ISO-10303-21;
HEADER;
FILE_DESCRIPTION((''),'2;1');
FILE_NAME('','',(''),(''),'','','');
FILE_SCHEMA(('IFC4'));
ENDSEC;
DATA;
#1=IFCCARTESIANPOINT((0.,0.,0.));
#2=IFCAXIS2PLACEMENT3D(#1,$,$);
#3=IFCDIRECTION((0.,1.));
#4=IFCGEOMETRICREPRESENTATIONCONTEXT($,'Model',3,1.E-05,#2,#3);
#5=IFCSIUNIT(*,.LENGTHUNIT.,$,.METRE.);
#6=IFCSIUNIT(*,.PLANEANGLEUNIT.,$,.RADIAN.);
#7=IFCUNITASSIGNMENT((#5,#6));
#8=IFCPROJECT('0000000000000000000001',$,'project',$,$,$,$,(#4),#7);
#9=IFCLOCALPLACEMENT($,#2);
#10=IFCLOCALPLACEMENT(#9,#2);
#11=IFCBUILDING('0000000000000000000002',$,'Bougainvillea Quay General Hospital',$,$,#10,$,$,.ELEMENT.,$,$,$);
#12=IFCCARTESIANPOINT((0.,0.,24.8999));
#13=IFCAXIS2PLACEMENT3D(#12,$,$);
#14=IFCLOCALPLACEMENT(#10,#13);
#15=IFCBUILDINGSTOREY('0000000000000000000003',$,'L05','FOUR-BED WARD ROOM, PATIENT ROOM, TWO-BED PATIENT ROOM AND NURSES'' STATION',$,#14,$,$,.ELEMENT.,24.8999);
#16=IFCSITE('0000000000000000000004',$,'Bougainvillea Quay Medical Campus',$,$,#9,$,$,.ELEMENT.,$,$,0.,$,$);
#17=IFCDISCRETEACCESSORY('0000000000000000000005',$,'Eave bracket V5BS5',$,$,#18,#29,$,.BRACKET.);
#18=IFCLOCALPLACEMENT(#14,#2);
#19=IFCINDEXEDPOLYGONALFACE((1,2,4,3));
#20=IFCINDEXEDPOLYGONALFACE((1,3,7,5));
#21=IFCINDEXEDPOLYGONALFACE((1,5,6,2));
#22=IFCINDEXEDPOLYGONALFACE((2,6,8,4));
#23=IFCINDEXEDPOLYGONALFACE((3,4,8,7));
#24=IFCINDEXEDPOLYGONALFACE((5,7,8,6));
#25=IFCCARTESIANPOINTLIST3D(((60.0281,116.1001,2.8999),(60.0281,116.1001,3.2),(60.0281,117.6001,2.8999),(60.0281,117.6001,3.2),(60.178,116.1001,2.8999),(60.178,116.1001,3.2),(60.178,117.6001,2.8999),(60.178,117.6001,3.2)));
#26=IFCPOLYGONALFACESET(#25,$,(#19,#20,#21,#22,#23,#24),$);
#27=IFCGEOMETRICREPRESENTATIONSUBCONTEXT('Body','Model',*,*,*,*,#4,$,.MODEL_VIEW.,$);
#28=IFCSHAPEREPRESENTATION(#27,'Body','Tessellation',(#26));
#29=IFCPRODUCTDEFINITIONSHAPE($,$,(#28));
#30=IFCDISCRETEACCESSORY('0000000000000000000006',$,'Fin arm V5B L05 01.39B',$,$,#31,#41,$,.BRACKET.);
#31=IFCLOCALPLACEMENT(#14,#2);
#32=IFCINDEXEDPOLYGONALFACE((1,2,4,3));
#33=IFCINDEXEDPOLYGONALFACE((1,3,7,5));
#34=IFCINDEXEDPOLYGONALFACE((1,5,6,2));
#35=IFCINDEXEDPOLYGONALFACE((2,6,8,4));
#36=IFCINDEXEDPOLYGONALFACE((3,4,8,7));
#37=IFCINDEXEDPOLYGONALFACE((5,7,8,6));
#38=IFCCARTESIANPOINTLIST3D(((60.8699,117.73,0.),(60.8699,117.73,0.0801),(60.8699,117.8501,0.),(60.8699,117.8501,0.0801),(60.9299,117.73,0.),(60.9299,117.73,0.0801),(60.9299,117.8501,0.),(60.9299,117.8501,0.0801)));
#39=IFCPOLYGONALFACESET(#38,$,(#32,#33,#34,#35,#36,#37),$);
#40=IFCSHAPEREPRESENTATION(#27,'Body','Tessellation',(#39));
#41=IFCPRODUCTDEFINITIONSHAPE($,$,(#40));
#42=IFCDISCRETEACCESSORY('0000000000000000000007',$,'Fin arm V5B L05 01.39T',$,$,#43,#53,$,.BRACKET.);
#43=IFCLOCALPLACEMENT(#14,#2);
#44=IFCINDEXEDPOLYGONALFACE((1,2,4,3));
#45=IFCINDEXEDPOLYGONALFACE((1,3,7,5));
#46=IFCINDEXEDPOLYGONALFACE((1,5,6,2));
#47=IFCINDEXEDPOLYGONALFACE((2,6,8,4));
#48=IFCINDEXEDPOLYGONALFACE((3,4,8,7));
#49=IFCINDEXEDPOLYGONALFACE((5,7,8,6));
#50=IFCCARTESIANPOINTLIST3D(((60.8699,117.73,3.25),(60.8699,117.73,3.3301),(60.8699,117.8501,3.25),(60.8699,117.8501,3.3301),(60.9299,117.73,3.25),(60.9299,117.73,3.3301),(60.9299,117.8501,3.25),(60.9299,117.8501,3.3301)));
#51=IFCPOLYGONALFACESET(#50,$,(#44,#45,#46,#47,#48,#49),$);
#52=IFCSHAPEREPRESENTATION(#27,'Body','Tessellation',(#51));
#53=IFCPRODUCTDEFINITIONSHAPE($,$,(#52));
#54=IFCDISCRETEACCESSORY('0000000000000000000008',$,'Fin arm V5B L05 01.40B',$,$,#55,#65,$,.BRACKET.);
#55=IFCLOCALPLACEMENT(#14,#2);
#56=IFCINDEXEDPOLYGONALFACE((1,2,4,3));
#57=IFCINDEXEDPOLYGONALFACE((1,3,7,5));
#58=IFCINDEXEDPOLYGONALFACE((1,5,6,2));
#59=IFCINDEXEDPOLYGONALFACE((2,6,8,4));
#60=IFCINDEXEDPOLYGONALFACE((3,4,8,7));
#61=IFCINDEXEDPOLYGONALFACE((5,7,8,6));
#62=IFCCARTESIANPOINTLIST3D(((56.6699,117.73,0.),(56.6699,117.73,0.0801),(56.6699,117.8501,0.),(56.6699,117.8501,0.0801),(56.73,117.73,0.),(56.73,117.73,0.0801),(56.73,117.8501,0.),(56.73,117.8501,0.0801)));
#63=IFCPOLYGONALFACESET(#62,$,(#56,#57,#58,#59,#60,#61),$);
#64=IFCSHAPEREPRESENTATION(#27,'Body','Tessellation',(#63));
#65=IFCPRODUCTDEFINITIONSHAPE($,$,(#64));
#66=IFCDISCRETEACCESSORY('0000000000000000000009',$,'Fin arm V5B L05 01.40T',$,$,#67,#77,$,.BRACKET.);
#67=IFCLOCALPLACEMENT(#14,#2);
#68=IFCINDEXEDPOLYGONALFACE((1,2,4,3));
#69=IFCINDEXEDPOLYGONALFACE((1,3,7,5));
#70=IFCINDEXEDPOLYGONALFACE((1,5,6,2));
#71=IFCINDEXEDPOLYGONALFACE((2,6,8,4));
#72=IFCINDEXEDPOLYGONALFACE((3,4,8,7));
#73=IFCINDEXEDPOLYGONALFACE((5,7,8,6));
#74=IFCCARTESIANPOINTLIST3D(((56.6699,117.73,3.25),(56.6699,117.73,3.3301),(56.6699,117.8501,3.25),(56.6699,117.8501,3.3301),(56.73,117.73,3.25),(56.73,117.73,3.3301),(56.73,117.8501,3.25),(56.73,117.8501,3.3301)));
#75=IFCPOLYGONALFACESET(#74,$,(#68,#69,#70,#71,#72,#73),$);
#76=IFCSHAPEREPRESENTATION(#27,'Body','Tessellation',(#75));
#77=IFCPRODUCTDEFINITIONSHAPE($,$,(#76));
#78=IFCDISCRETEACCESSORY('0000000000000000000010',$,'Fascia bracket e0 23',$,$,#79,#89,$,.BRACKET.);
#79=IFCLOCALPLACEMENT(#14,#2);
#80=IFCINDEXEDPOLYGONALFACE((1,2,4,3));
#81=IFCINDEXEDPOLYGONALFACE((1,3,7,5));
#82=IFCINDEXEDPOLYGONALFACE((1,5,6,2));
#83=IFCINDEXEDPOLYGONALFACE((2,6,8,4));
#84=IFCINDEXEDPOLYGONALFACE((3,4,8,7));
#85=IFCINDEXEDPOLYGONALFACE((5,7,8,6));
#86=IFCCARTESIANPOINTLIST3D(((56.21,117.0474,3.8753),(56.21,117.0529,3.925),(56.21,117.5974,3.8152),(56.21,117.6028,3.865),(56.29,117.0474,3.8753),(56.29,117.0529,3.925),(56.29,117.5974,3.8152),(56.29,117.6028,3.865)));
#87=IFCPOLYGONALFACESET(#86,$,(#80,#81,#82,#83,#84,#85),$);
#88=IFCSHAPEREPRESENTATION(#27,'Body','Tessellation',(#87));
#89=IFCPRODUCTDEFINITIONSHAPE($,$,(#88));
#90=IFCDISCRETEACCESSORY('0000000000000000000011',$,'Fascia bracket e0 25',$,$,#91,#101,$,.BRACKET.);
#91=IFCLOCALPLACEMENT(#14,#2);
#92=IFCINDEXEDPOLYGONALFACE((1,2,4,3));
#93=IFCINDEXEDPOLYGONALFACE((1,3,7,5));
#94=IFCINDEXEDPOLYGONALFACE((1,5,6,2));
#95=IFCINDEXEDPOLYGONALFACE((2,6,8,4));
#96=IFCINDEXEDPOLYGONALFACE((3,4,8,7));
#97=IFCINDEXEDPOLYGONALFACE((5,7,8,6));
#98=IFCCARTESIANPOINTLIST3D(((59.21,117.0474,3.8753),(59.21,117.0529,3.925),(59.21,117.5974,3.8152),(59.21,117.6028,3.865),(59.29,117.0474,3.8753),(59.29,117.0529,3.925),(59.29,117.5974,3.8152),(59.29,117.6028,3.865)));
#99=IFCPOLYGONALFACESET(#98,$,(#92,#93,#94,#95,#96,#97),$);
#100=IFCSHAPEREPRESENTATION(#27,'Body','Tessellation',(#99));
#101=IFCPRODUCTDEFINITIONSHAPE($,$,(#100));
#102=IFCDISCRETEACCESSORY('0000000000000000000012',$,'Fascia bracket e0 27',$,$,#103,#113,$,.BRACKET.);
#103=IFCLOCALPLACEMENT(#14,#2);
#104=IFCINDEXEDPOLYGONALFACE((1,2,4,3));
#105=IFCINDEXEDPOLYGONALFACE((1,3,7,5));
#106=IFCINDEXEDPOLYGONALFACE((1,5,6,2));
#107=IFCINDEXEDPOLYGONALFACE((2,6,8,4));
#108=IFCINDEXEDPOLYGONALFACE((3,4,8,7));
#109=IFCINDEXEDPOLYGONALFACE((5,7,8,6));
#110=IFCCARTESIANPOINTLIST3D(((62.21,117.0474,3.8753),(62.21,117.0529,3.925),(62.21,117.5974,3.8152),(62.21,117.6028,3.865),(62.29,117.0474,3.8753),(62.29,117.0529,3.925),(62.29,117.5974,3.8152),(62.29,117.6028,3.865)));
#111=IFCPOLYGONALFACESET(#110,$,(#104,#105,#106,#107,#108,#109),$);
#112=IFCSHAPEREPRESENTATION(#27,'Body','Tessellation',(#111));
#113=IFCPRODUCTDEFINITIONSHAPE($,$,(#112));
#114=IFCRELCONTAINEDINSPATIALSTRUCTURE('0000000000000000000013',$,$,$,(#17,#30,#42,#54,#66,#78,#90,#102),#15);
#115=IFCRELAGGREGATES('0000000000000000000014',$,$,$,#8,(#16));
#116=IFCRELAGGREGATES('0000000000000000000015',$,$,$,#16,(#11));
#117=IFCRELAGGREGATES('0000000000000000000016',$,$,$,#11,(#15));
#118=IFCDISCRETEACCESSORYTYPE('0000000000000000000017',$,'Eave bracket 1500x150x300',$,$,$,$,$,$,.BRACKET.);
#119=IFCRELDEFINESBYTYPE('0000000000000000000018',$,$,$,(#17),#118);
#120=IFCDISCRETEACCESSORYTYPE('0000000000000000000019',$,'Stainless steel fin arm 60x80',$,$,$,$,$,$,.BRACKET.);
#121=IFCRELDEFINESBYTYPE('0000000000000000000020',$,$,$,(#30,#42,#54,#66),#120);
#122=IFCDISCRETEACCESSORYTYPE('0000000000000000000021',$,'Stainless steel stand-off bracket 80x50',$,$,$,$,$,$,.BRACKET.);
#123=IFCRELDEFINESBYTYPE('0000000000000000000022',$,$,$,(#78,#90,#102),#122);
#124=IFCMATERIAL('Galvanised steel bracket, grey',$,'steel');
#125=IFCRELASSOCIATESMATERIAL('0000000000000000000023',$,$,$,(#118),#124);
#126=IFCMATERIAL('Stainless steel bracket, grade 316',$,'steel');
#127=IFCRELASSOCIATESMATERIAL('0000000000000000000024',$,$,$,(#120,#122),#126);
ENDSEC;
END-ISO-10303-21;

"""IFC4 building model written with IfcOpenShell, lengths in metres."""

from ifc_helpers import new_model, si_unit, direction, frame, origin, origin_2d, place, context, subcontext, project, spatial, rectangle, extrude, material, material_profile, profile_set, type_object, element, save


model = new_model("IFC4")

# Units and contexts
model_context = context("Model", 3, precision=1e-05, world=origin(), true_north=direction((0.0, 1.0)))
body_context = subcontext(model_context, "Body", "Model", "MODEL_VIEW")
ifc_project = project(units=[si_unit("LENGTHUNIT", "METRE"), si_unit("PLANEANGLEUNIT", "RADIAN")], contexts=[model_context])

# Site, building, storey
site_placement = place(None, origin())
site = spatial("IfcSite", under=ifc_project, at=site_placement, Name="Bougainvillea Quay Medical Campus", CompositionType="ELEMENT", RefElevation=0.0)
building_placement = place(site_placement, origin())
building = spatial("IfcBuilding", under=site, at=building_placement, Name="Bougainvillea Quay General Hospital", CompositionType="ELEMENT")
storey_placement = place(building_placement, frame((0.0, 0.0, 24.8999)))
storey = spatial("IfcBuildingStorey", under=building, at=storey_placement, Name="L05", Description="FOUR-BED WARD ROOM, PATIENT ROOM, TWO-BED PATIENT ROOM AND NURSES' STATION", CompositionType="ELEMENT", Elevation=24.8999)

# Discrete accessories
ifc_material_1 = material(Name="Galvanised steel bracket, grey", Category="steel")
discrete_accessory_type_1 = type_object("IfcDiscreteAccessoryType", Name="Eave bracket 1500x150x300", PredefinedType="BRACKET", material=ifc_material_1)
for number, where, z_axis, x_axis, name in (
    (1, (60.103, 116.8501, 2.8999), (0.0, 0.0, 1.0), (1.0, 0.0, 0.0), "Eave bracket V5BS5"),
):
    element("IfcDiscreteAccessory", number, at=place(storey_placement, frame(where, z_axis=z_axis, x_axis=x_axis)), inside=storey, type_object=discrete_accessory_type_1, Name=name, PredefinedType="BRACKET", context=body_context, shape_type="SweptSolid", body=[
        extrude(rectangle(XDim=0.1499, YDim=1.5, at=origin_2d()), origin(), (0.0, 0.0, 1.0), 0.3),
    ])
ifc_material_2 = material(Name="Stainless steel bracket, grade 316", Category="steel")
discrete_accessory_type_2 = type_object("IfcDiscreteAccessoryType", Name="Stainless steel fin arm 60x80", PredefinedType="BRACKET", material=ifc_material_2)
for number, where, z_axis, x_axis, name in (
    (2, (60.8999, 117.79, 0.0), (0.0, 0.0, 1.0), (0.0, -1.0, 0.0), "Fin arm V5B L05 01.39B"),
    (3, (60.8999, 117.79, 3.25), (0.0, 0.0, 1.0), (0.0, -1.0, 0.0), "Fin arm V5B L05 01.39T"),
    (4, (56.7, 117.79, 0.0), (0.0, 0.0, 1.0), (0.0, -1.0, 0.0), "Fin arm V5B L05 01.40B"),
    (5, (56.7, 117.79, 3.25), (0.0, 0.0, 1.0), (0.0, -1.0, 0.0), "Fin arm V5B L05 01.40T"),
):
    element("IfcDiscreteAccessory", number, at=place(storey_placement, frame(where, z_axis=z_axis, x_axis=x_axis)), inside=storey, type_object=discrete_accessory_type_2, Name=name, PredefinedType="BRACKET", context=body_context, shape_type="SweptSolid", body=[
        extrude(rectangle(XDim=0.1201, YDim=0.0601, at=origin_2d()), origin(), (0.0, 0.0, 1.0), 0.0801),
    ])
ifc_material_profile_1 = material_profile(ifc_material_2, rectangle(XDim=0.0801, YDim=0.05, at=origin_2d()))
ifc_profile_set_1 = profile_set([ifc_material_profile_1], Name="Stainless steel bracket, grade 316")
discrete_accessory_type_3 = type_object("IfcDiscreteAccessoryType", Name="Stainless steel stand-off bracket 80x50", PredefinedType="BRACKET", material=ifc_profile_set_1)
for number, where, z_axis, x_axis, name in (
    (6, (56.25, 117.6001, 3.8401), (0.0, -0.994092, 0.108543), (1.0, 0.0, 0.0), "Fascia bracket e0 23"),
    (7, (59.25, 117.6001, 3.8401), (0.0, -0.994092, 0.108543), (1.0, 0.0, 0.0), "Fascia bracket e0 25"),
    (8, (62.25, 117.6001, 3.8401), (0.0, -0.994092, 0.108543), (1.0, 0.0, 0.0), "Fascia bracket e0 27"),
):
    element("IfcDiscreteAccessory", number, at=place(storey_placement, frame(where, z_axis=z_axis, x_axis=x_axis)), inside=storey, type_object=discrete_accessory_type_3, Name=name, PredefinedType="BRACKET", context=body_context, shape_type="SweptSolid", body=[
        extrude(rectangle(XDim=0.0801, YDim=0.05, at=origin_2d()), origin(), (0.0, 0.0, 1.0), 0.5532),
    ])

save(model, "model.ifc")
